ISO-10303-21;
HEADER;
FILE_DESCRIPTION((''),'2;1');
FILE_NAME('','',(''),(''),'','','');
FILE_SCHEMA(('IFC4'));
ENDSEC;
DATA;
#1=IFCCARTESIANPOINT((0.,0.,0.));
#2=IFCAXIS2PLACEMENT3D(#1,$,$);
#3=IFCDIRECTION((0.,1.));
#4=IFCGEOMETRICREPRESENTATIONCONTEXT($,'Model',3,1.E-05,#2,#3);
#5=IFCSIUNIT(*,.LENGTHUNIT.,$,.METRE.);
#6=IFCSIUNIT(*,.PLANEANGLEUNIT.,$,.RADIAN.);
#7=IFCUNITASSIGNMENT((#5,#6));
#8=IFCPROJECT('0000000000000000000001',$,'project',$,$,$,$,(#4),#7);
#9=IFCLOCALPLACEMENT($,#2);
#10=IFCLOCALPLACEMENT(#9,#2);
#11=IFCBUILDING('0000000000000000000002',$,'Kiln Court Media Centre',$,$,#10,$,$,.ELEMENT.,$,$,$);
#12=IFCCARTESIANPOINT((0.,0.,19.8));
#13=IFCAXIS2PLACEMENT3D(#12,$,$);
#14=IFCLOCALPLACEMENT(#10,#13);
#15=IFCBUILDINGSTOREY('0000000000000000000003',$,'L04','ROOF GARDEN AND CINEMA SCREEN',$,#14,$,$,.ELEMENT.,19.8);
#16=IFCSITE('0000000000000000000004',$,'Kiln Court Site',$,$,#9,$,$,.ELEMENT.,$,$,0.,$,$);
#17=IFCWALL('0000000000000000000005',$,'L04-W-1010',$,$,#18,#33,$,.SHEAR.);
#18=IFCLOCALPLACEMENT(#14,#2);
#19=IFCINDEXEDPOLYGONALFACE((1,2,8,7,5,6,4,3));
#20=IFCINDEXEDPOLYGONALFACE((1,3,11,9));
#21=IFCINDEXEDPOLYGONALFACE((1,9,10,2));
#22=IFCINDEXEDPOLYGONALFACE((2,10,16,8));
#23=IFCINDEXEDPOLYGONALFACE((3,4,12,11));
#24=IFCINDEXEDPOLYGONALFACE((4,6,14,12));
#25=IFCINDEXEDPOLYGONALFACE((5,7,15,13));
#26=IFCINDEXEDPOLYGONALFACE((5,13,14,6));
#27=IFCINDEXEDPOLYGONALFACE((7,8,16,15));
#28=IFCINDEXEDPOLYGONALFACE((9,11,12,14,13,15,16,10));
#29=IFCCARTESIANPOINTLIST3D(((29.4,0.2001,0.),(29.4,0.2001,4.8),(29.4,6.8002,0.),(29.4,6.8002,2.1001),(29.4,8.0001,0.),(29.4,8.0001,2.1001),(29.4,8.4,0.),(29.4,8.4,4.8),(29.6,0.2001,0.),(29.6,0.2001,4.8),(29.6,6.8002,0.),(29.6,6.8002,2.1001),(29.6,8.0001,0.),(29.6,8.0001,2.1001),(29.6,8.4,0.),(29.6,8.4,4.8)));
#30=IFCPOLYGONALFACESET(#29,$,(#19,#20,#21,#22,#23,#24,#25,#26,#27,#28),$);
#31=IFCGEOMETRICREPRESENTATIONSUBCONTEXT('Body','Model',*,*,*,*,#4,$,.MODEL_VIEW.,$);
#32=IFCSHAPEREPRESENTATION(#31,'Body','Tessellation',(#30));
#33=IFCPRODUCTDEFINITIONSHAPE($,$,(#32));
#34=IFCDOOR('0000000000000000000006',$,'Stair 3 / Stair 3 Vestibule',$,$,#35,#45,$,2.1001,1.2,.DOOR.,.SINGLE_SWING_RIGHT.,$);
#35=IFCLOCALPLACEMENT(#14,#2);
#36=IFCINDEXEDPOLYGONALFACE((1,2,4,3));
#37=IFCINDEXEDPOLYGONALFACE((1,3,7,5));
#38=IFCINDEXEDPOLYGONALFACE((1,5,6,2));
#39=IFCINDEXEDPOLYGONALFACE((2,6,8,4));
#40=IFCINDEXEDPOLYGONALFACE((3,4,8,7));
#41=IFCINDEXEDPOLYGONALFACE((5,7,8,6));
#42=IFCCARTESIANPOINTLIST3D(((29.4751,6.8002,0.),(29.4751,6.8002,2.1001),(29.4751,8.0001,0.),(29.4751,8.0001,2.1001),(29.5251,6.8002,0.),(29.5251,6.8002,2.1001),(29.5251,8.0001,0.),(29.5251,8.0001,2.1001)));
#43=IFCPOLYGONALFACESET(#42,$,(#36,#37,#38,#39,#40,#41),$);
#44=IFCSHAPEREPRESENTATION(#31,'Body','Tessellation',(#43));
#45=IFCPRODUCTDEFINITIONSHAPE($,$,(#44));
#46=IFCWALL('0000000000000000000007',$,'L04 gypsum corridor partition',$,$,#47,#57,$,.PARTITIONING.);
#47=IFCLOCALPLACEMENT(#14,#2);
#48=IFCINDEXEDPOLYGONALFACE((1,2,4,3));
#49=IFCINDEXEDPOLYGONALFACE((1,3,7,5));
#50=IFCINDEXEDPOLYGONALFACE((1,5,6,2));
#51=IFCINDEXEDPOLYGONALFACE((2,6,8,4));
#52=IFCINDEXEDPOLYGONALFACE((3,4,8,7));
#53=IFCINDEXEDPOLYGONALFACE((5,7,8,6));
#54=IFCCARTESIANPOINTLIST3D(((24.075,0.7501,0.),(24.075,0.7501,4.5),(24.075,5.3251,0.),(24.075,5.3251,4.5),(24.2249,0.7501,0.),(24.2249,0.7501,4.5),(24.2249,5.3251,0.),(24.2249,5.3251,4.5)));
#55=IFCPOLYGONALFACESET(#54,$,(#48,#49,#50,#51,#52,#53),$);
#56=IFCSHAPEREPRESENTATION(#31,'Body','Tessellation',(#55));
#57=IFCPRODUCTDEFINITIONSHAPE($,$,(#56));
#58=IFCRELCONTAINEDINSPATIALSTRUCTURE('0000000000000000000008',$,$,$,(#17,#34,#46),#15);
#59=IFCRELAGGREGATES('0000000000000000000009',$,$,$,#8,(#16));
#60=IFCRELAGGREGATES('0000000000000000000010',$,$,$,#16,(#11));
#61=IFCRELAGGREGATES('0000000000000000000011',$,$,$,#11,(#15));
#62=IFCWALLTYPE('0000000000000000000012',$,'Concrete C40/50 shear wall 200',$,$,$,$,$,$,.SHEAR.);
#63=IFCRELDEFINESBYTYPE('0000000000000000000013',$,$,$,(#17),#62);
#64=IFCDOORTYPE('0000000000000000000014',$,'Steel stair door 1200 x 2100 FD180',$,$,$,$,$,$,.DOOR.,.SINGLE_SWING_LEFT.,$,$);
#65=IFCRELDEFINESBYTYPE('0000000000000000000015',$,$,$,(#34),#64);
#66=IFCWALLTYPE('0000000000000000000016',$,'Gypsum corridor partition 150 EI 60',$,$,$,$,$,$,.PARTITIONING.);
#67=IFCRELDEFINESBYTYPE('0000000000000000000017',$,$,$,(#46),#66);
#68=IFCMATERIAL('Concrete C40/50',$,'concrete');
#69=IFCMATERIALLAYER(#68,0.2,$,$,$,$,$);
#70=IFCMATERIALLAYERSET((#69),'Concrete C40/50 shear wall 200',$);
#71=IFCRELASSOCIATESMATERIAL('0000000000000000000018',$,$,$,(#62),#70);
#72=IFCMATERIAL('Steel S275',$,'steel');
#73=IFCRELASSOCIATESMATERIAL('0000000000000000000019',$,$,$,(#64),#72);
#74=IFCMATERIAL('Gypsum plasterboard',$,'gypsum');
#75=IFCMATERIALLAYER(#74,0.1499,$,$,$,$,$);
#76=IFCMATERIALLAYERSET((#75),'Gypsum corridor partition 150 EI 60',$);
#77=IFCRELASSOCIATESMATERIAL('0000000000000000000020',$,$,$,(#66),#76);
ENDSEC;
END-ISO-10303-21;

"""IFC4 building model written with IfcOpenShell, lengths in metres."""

from ifc_helpers import new_model, si_unit, direction, frame, frame_2d, origin, place, context, subcontext, project, spatial, rectangle, extrude, material, layer, layer_set, type_object, element, fill, save


model = new_model("IFC4")

# Units and contexts
model_context = context("Model", 3, precision=1e-05, world=origin(), true_north=direction((0.0, 1.0)))
body_context = subcontext(model_context, "Body", "Model", "MODEL_VIEW")
ifc_project = project(units=[si_unit("LENGTHUNIT", "METRE"), si_unit("PLANEANGLEUNIT", "RADIAN")], contexts=[model_context])

# Site, building, storey
site_placement = place(None, origin())
site = spatial("IfcSite", under=ifc_project, at=site_placement, Name="Kiln Court Site", CompositionType="ELEMENT", RefElevation=0.0)
building_placement = place(site_placement, origin())
building = spatial("IfcBuilding", under=site, at=building_placement, Name="Kiln Court Media Centre", CompositionType="ELEMENT")
storey_placement = place(building_placement, frame((0.0, 0.0, 19.8)))
storey = spatial("IfcBuildingStorey", under=building, at=storey_placement, Name="L04", Description="ROOF GARDEN AND CINEMA SCREEN", CompositionType="ELEMENT", Elevation=19.8)

# Shared definitions
ifc_material_1 = material(Name="Concrete C40/50", Category="concrete")
ifc_layer_1 = layer(ifc_material_1, 0.2)
ifc_layer_set_1 = layer_set([ifc_layer_1], Name="Concrete C40/50 shear wall 200")
wall_type_1 = type_object("IfcWallType", Name="Concrete C40/50 shear wall 200", PredefinedType="SHEAR", material=ifc_layer_set_1)

# Wall, opening, door
wall_1_placement = place(storey_placement, frame((29.5, 0.2, 0.0), z_axis=(0.0, 0.0, 1.0), x_axis=(0.0, 1.0, 0.0)))
wall_1 = element("IfcWall", 1, at=wall_1_placement, inside=storey, type_object=wall_type_1, Name="L04-W-1010", PredefinedType="SHEAR", context=body_context, shape_type="SweptSolid", body=[
    extrude(rectangle(XDim=8.2, YDim=0.2, at=frame_2d((4.1001, 0.0))), origin(), (0.0, 0.0, 1.0), 4.8),
])
opening_1_placement = place(wall_1_placement, frame((6.6001, 0.0, 0.0)))
opening_1 = element("IfcOpeningElement", 2, at=opening_1_placement, cuts=wall_1, PredefinedType="OPENING", context=body_context, shape_type="SweptSolid", body=[
    extrude(rectangle(XDim=1.2, YDim=2.1001, at=frame_2d((0.6001, 1.05))), frame((0.0, 0.1099, 0.0), z_axis=(0.0, -1.0, 0.0), x_axis=(1.0, 0.0, 0.0)), (0.0, 0.0, 1.0), 0.22),
])
ifc_material_2 = material(Name="Steel S275", Category="steel")
door_type = type_object("IfcDoorType", Name="Steel stair door 1200 x 2100 FD180", OperationType="SINGLE_SWING_LEFT", PredefinedType="DOOR", material=ifc_material_2)
door_placement = place(opening_1_placement, origin())
door = element("IfcDoor", 3, at=door_placement, inside=storey, type_object=door_type, Name="Stair 3 / Stair 3 Vestibule", OperationType="SINGLE_SWING_RIGHT", OverallHeight=2.1001, OverallWidth=1.2, PredefinedType="DOOR", context=body_context, shape_type="SweptSolid", body=[
    extrude(rectangle(XDim=1.2, YDim=2.1001, at=frame_2d((0.6001, 1.05))), frame((0.0, 0.0249, 0.0), z_axis=(0.0, -1.0, 0.0), x_axis=(1.0, 0.0, 0.0)), (0.0, 0.0, 1.0), 0.05),
])
fill(opening_1, door)

# Wall
ifc_material_3 = material(Name="Gypsum plasterboard", Category="gypsum")
ifc_layer_2 = layer(ifc_material_3, 0.1499)
ifc_layer_set_2 = layer_set([ifc_layer_2], Name="Gypsum corridor partition 150 EI 60")
wall_type_2 = type_object("IfcWallType", Name="Gypsum corridor partition 150 EI 60", PredefinedType="PARTITIONING", material=ifc_layer_set_2)
wall_2_placement = place(storey_placement, frame((24.1499, 0.75, 0.0), z_axis=(0.0, 0.0, 1.0), x_axis=(0.0, 1.0, 0.0)))
element("IfcWall", 4, at=wall_2_placement, inside=storey, type_object=wall_type_2, Name="L04 gypsum corridor partition", PredefinedType="PARTITIONING", context=body_context, shape_type="SweptSolid", body=[
    extrude(rectangle(XDim=4.575, YDim=0.1499, at=frame_2d((2.2876, 0.0))), origin(), (0.0, 0.0, 1.0), 4.5),
])

save(model, "model.ifc")
